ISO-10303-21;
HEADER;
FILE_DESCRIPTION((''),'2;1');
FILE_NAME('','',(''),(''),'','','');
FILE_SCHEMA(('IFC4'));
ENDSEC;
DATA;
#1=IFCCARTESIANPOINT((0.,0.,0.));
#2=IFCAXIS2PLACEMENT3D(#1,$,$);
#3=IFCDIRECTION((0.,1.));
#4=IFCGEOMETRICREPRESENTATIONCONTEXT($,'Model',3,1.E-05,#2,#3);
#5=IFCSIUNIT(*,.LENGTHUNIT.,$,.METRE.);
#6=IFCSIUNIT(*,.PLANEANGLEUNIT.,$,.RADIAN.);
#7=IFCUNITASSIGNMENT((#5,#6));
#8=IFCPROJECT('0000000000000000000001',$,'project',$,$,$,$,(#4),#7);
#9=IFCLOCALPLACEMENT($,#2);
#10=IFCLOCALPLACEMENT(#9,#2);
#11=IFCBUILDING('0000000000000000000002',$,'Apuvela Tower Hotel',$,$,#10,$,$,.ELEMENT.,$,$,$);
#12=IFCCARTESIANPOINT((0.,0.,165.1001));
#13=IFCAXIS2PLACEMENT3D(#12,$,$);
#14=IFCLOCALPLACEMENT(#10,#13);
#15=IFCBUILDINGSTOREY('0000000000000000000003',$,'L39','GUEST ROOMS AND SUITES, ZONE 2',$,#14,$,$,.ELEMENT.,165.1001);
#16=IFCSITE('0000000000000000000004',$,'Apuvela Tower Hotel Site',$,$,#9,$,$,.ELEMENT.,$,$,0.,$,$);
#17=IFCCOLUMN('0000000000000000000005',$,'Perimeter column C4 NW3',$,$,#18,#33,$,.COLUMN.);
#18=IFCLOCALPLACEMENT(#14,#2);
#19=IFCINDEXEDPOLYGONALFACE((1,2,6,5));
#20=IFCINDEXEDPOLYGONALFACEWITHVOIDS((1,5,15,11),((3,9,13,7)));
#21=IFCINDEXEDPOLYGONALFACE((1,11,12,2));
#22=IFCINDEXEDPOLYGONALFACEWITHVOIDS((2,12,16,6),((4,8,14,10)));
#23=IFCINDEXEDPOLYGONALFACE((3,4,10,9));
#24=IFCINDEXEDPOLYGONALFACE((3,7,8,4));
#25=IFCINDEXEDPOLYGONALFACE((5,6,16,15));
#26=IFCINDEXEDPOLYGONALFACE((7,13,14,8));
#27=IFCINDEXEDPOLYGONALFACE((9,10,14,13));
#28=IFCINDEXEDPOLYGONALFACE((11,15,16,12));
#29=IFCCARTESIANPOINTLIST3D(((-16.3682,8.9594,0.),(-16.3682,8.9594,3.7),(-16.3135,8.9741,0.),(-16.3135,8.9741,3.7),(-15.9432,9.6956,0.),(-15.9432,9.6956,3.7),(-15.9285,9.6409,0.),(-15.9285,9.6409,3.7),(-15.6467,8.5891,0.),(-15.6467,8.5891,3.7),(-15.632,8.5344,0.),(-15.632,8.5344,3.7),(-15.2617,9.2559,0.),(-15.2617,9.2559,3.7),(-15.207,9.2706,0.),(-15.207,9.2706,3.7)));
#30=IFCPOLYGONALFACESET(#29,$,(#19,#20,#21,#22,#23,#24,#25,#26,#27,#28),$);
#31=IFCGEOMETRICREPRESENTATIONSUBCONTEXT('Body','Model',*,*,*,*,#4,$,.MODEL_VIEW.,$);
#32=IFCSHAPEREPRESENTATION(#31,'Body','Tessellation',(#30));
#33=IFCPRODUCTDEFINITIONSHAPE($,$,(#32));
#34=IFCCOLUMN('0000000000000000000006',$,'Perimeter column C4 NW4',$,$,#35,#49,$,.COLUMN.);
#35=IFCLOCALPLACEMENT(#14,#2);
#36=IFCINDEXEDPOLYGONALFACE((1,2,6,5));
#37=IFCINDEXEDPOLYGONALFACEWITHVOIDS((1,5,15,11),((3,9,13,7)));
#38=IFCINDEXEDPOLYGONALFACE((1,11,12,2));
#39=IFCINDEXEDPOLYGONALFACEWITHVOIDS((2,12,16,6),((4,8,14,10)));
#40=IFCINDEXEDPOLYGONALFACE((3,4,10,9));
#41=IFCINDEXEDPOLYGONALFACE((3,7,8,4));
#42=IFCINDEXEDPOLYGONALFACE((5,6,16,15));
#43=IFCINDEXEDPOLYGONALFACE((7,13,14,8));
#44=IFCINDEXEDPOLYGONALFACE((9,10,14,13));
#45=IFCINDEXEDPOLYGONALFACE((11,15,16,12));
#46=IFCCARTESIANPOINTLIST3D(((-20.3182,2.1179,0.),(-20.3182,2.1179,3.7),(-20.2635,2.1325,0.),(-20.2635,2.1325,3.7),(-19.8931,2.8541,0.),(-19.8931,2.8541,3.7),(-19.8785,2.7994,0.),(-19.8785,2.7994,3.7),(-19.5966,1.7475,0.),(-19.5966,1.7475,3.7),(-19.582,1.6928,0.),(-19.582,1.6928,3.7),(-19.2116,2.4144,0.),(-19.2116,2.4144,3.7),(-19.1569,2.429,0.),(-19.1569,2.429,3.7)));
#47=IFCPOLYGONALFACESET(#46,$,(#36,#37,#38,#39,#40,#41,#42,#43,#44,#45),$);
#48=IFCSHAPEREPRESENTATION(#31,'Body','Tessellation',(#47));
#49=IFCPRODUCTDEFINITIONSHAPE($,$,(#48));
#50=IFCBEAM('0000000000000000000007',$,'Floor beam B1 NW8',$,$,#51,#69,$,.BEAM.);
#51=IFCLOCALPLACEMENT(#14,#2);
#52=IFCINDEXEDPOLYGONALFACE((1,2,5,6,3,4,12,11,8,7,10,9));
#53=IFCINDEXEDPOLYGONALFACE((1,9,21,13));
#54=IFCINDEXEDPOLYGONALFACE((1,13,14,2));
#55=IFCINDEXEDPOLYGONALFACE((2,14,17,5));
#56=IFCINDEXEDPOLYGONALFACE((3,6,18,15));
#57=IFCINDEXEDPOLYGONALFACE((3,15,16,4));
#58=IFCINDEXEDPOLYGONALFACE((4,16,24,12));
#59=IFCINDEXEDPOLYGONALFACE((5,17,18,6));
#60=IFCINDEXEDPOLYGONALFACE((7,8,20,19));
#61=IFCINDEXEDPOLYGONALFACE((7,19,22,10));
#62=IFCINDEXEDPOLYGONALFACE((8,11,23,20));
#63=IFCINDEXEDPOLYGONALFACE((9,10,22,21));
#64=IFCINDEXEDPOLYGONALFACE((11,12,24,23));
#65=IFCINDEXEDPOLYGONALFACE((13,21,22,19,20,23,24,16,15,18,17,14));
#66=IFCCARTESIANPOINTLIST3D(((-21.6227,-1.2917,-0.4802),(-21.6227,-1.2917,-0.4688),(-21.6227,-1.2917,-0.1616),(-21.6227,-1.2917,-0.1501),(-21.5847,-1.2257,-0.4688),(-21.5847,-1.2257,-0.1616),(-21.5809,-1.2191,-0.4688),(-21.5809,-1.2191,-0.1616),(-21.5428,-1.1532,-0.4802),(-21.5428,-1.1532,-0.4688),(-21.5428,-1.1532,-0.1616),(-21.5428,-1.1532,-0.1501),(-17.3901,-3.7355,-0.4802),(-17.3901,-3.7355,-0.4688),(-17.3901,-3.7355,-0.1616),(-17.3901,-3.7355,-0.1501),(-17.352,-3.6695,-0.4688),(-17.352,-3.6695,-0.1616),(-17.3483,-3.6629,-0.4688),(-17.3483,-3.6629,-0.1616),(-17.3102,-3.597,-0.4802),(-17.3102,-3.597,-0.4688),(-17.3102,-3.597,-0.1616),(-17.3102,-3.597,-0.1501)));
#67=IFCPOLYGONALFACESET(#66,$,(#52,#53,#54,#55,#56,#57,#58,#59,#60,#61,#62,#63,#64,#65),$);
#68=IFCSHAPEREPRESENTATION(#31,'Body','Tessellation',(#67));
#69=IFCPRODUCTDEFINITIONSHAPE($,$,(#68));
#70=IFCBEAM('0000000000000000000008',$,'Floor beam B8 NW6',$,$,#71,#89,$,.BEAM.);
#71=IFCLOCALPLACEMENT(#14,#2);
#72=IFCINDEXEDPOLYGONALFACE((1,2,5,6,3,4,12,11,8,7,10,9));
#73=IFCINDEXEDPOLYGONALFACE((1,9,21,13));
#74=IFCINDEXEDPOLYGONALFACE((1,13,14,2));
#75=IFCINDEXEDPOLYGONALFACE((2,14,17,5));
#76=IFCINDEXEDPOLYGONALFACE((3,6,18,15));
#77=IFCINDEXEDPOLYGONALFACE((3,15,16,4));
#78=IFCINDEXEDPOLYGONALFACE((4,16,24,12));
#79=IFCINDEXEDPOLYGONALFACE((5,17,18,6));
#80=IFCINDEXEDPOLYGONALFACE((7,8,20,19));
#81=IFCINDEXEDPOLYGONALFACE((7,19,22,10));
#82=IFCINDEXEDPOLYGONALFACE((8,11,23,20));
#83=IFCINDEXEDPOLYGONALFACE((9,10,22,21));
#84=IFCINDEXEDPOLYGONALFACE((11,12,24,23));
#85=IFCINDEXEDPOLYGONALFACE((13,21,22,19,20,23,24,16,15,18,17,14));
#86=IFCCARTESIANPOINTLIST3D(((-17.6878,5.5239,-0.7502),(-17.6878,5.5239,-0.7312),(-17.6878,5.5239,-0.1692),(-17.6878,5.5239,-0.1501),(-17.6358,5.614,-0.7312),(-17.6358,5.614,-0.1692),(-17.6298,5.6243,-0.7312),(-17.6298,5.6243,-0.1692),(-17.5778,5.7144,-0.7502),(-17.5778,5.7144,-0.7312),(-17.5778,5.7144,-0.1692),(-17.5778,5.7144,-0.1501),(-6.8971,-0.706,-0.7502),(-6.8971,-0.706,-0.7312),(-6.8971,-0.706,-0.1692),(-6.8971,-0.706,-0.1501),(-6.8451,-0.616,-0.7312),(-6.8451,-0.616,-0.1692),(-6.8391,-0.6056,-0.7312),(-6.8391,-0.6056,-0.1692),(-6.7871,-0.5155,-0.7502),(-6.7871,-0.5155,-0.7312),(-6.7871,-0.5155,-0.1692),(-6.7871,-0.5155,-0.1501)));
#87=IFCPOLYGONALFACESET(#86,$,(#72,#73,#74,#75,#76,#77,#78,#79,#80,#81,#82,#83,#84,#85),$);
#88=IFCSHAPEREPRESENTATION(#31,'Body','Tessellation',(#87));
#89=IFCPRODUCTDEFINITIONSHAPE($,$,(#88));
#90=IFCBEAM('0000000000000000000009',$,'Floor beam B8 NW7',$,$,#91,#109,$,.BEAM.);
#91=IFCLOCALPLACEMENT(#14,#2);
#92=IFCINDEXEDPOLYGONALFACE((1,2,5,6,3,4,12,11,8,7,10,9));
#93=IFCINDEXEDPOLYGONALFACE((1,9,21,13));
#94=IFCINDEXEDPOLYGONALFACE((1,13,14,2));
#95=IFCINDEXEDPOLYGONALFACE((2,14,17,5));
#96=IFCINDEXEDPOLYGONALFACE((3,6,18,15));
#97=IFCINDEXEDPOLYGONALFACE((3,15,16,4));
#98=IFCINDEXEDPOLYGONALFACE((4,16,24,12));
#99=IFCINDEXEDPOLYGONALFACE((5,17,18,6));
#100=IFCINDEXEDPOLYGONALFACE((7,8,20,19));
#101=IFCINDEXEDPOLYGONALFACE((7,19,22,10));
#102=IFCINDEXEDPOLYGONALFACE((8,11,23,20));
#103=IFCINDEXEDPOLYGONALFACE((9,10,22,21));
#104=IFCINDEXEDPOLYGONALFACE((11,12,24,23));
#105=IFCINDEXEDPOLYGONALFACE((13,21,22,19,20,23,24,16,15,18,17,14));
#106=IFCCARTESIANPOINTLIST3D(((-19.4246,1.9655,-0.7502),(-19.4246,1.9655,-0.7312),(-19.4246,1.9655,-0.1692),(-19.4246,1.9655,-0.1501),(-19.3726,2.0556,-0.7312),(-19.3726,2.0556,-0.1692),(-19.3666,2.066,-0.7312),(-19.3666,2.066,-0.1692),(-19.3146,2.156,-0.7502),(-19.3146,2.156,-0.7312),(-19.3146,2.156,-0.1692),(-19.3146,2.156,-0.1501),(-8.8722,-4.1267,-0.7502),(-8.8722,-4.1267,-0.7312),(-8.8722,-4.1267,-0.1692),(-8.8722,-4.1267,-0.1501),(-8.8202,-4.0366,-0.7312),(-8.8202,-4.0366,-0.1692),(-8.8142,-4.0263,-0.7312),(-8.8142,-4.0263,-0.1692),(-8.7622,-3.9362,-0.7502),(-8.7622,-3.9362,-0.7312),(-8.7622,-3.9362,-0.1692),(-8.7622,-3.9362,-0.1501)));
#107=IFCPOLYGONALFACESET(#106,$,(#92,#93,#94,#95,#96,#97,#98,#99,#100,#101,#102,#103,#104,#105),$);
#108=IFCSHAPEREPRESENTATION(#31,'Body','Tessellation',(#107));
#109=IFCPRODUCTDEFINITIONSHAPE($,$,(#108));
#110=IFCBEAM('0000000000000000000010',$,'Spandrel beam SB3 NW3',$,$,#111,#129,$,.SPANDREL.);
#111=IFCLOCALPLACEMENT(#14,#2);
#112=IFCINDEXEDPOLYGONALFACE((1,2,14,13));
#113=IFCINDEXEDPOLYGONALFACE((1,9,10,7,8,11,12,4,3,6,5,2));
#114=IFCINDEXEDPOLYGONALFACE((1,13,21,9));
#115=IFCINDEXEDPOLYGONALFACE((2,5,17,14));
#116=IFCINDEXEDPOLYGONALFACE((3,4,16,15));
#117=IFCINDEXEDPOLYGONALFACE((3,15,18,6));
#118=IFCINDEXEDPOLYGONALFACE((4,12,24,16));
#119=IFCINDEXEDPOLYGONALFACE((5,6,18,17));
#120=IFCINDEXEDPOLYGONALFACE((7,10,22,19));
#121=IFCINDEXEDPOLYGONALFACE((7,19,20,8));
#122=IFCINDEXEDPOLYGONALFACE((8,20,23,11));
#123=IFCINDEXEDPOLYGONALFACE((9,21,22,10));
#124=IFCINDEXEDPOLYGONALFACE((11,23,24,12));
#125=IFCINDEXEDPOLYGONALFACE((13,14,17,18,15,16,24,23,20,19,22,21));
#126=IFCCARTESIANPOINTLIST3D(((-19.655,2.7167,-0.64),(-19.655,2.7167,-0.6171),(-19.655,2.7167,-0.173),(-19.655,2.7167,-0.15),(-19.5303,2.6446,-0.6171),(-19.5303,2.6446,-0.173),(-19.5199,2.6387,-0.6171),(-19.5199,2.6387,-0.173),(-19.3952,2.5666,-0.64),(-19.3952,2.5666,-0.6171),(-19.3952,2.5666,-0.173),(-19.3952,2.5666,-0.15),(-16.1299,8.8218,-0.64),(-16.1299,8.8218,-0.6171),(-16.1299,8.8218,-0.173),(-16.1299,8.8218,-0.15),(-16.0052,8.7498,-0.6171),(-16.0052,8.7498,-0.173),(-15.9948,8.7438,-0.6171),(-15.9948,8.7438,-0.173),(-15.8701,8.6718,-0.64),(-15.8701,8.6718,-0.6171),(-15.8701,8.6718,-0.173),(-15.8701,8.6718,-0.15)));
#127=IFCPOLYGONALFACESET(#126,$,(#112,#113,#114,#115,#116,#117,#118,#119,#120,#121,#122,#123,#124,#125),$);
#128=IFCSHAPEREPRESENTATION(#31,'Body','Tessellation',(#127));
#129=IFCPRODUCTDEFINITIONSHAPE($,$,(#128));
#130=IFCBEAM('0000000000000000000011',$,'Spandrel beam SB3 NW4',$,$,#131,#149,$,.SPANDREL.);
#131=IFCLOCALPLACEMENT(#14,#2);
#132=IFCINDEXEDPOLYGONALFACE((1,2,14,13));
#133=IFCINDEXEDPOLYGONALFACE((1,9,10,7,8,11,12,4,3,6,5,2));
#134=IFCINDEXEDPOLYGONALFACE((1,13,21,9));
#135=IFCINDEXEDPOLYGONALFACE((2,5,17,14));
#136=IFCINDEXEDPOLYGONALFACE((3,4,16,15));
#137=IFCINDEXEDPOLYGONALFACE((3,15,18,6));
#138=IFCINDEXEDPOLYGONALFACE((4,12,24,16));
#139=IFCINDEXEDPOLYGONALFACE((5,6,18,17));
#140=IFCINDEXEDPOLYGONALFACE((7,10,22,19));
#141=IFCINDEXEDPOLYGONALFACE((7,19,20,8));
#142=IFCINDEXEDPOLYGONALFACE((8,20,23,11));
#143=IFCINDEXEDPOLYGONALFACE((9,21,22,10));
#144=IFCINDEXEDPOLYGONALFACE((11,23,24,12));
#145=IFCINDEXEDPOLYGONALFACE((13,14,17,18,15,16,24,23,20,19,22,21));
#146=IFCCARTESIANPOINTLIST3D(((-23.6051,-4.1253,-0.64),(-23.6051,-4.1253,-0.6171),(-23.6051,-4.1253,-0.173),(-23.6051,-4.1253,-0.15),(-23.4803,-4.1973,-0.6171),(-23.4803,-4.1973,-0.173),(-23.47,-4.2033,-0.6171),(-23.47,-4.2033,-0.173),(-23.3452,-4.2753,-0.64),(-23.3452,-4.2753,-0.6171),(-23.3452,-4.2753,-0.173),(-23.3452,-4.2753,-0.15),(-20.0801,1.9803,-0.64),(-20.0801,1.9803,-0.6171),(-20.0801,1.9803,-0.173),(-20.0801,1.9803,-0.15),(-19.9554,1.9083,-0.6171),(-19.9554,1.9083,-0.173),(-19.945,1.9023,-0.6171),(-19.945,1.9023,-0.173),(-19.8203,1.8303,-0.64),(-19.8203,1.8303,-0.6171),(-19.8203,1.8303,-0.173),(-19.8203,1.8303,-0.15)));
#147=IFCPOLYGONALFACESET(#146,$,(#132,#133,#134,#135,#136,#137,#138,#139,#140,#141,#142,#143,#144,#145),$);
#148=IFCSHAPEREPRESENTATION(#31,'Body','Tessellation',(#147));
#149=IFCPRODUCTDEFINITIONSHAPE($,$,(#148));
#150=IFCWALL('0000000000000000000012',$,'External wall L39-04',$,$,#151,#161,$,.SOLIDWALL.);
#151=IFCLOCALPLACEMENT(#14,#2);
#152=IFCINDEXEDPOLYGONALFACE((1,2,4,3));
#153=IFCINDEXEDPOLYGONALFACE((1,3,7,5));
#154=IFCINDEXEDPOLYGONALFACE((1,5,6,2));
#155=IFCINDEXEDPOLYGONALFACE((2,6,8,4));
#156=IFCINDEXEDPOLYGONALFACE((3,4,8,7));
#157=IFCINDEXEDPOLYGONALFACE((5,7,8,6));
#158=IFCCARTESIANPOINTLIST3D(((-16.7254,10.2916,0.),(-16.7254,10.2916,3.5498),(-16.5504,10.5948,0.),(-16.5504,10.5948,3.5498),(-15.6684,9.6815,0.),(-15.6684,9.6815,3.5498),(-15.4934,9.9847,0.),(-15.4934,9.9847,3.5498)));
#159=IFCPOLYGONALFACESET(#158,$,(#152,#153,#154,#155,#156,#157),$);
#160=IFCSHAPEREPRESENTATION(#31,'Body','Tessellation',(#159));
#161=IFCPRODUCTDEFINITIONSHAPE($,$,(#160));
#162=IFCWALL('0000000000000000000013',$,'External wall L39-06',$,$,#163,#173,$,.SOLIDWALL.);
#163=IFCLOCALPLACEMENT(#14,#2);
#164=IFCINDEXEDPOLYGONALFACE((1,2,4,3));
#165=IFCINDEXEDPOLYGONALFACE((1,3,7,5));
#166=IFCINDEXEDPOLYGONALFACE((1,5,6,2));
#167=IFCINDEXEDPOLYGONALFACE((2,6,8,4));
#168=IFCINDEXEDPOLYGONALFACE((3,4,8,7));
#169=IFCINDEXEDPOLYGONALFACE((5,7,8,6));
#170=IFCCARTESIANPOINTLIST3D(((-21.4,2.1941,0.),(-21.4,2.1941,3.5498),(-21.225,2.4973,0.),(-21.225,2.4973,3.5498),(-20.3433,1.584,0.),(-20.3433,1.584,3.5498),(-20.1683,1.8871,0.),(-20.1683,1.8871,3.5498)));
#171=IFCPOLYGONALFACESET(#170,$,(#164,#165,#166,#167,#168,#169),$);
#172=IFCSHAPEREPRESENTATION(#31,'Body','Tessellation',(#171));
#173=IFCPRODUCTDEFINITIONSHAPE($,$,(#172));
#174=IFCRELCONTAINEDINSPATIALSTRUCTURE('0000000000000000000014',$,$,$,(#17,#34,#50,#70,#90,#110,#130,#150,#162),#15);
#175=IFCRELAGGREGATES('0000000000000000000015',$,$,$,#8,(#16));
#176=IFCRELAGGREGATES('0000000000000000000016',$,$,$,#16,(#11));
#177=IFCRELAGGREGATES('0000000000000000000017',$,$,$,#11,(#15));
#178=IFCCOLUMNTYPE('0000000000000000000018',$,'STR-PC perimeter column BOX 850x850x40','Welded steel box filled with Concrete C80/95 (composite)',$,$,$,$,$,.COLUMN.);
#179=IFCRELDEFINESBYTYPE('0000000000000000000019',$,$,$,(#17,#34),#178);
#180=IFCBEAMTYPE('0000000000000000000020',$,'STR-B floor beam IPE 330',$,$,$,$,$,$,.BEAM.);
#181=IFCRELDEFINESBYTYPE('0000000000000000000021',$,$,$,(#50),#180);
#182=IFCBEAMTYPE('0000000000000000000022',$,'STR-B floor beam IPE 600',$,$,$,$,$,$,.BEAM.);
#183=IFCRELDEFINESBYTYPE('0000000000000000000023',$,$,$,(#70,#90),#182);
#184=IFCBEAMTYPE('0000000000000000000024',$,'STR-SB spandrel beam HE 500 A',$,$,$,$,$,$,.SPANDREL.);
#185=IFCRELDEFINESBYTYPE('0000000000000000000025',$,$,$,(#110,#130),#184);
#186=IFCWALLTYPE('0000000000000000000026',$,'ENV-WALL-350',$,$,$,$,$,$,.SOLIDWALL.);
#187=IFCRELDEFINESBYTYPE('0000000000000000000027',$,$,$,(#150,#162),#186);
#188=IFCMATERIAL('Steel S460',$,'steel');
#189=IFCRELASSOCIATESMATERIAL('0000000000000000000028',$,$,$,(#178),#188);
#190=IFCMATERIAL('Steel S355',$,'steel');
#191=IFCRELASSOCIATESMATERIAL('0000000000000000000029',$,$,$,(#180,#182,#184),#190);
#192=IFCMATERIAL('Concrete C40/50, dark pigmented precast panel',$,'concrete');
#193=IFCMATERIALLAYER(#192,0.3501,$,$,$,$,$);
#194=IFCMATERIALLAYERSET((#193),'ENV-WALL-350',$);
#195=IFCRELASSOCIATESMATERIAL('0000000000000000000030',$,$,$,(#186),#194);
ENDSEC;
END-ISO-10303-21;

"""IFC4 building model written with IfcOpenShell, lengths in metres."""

from ifc_helpers import new_model, si_unit, direction, frame, frame_2d, origin, origin_2d, place, context, subcontext, project, spatial, rectangle, hollow_rectangle, i_section, extrude, material, layer, layer_set, material_profile, profile_set, type_object, element, save


model = new_model("IFC4")

# Units and contexts
model_context = context("Model", 3, precision=1e-05, world=origin(), true_north=direction((0.0, 1.0)))
body_context = subcontext(model_context, "Body", "Model", "MODEL_VIEW")
ifc_project = project(units=[si_unit("LENGTHUNIT", "METRE"), si_unit("PLANEANGLEUNIT", "RADIAN")], contexts=[model_context])

# Site, building, storey
site_placement = place(None, origin())
site = spatial("IfcSite", under=ifc_project, at=site_placement, Name="Apuvela Tower Hotel Site", CompositionType="ELEMENT", RefElevation=0.0)
building_placement = place(site_placement, origin())
building = spatial("IfcBuilding", under=site, at=building_placement, Name="Apuvela Tower Hotel", CompositionType="ELEMENT")
storey_placement = place(building_placement, frame((0.0, 0.0, 165.1001)))
storey = spatial("IfcBuildingStorey", under=building, at=storey_placement, Name="L39", Description="GUEST ROOMS AND SUITES, ZONE 2", CompositionType="ELEMENT", Elevation=165.1001)

# Columns
ifc_material_1 = material(Name="Steel S460", Category="steel")
ifc_material_profile_1 = material_profile(ifc_material_1, hollow_rectangle(XDim=0.8501, YDim=0.8501, WallThickness=0.04, at=origin_2d()), Name="BOX 850x850x40")
ifc_material_2 = material(Name="Concrete C80/95", Category="concrete")
ifc_material_profile_2 = material_profile(ifc_material_2, rectangle(XDim=0.77, YDim=0.77, at=origin_2d()), Name="Concrete C80/95 infill")
ifc_profile_set_1 = profile_set([ifc_material_profile_1, ifc_material_profile_2], Name="Steel S460")
column_type = type_object("IfcColumnType", Name="STR-PC perimeter column BOX 850x850x40", Description="Welded steel box filled with Concrete C80/95 (composite)", PredefinedType="COLUMN", material=ifc_profile_set_1)
for number, where, z_axis, x_axis, name in (
    (1, (-15.7876, 9.115, 0.0), (0.0, 0.0, 1.0), (0.5, 0.866025, 0.0), "Perimeter column C4 NW3"),
    (2, (-19.7375, 2.2734, 0.0), (0.0, 0.0, 1.0), (0.5, 0.866025, 0.0), "Perimeter column C4 NW4"),
):
    element("IfcColumn", number, at=place(storey_placement, frame(where, z_axis=z_axis, x_axis=x_axis)), inside=storey, type_object=column_type, Name=name, PredefinedType="COLUMN", context=body_context, shape_type="SweptSolid", body=[
        extrude(hollow_rectangle(XDim=0.8501, YDim=0.8501, WallThickness=0.04, at=origin_2d()), origin(), (0.0, 0.0, 1.0), 3.7),
    ])

# Beams
ifc_material_3 = material(Name="Steel S355", Category="steel")
ifc_material_profile_3 = material_profile(ifc_material_3, i_section(OverallWidth=0.1599, OverallDepth=0.3301, WebThickness=0.0076, FlangeThickness=0.0115, at=origin_2d()), Name="IPE 330")
ifc_profile_set_2 = profile_set([ifc_material_profile_3], Name="Steel S355")
beam_type_1 = type_object("IfcBeamType", Name="STR-B floor beam IPE 330", PredefinedType="BEAM", material=ifc_profile_set_2)
beam_1_placement = place(storey_placement, frame((-21.5828, -1.2224, -0.3152), z_axis=(0.866015, -0.500018, 0.0), x_axis=(0.500018, 0.866015, 0.0)))
element("IfcBeam", 3, at=beam_1_placement, inside=storey, type_object=beam_type_1, Name="Floor beam B1 NW8", PredefinedType="BEAM", context=body_context, shape_type="SweptSolid", body=[
    extrude(i_section(OverallWidth=0.1599, OverallDepth=0.3301, WebThickness=0.0076, FlangeThickness=0.0115, at=origin_2d()), origin(), (0.0, 0.0, 1.0), 4.8875),
])
ifc_material_profile_4 = material_profile(ifc_material_3, i_section(OverallWidth=0.22, OverallDepth=0.6001, WebThickness=0.012, FlangeThickness=0.019, at=origin_2d()), Name="IPE 600")
ifc_profile_set_3 = profile_set([ifc_material_profile_4], Name="Steel S355")
beam_type_2 = type_object("IfcBeamType", Name="STR-B floor beam IPE 600", PredefinedType="BEAM", material=ifc_profile_set_3)
beam_2_placement = place(storey_placement, frame((-17.6328, 5.6191, -0.4502), z_axis=(0.866028, -0.499996, 0.0), x_axis=(0.499996, 0.866028, 0.0)))
element("IfcBeam", 4, at=beam_2_placement, inside=storey, type_object=beam_type_2, Name="Floor beam B8 NW6", PredefinedType="BEAM", context=body_context, shape_type="SweptSolid", body=[
    extrude(i_section(OverallWidth=0.22, OverallDepth=0.6001, WebThickness=0.012, FlangeThickness=0.019, at=origin_2d()), origin(), (0.0, 0.0, 1.0), 12.46),
])
beam_3_placement = place(storey_placement, frame((-19.3696, 2.0608, -0.4502), z_axis=(0.866032, -0.499988, 0.0), x_axis=(0.499988, 0.866032, 0.0)))
element("IfcBeam", 5, at=beam_3_placement, inside=storey, type_object=beam_type_2, Name="Floor beam B8 NW7", PredefinedType="BEAM", context=body_context, shape_type="SweptSolid", body=[
    extrude(i_section(OverallWidth=0.22, OverallDepth=0.6001, WebThickness=0.012, FlangeThickness=0.019, at=origin_2d()), origin(), (0.0, 0.0, 1.0), 12.1848),
])
ifc_material_profile_5 = material_profile(ifc_material_3, i_section(OverallWidth=0.3, OverallDepth=0.49, WebThickness=0.012, FlangeThickness=0.0229, at=origin_2d()), Name="HE 500 A")
ifc_profile_set_4 = profile_set([ifc_material_profile_5], Name="Steel S355")
beam_type_3 = type_object("IfcBeamType", Name="STR-SB spandrel beam HE 500 A", PredefinedType="SPANDREL", material=ifc_profile_set_4)
beam_4_placement = place(storey_placement, frame((-16.0, 8.7468, -0.395), z_axis=(-0.500031, -0.866007, 0.0), x_axis=(0.866007, -0.500031, 0.0)))
element("IfcBeam", 6, at=beam_4_placement, inside=storey, type_object=beam_type_3, Name="Spandrel beam SB3 NW3", PredefinedType="SPANDREL", context=body_context, shape_type="SweptSolid", body=[
    extrude(i_section(OverallWidth=0.3, OverallDepth=0.49, WebThickness=0.012, FlangeThickness=0.0229, at=origin_2d()), origin(), (0.0, 0.0, 1.0), 7.0498),
])
beam_5_placement = place(storey_placement, frame((-19.9502, 1.9053, -0.395), z_axis=(-0.49999, -0.866031, 0.0), x_axis=(0.866031, -0.49999, 0.0)))
element("IfcBeam", 7, at=beam_5_placement, inside=storey, type_object=beam_type_3, Name="Spandrel beam SB3 NW4", PredefinedType="SPANDREL", context=body_context, shape_type="SweptSolid", body=[
    extrude(i_section(OverallWidth=0.3, OverallDepth=0.49, WebThickness=0.012, FlangeThickness=0.0229, at=origin_2d()), origin(), (0.0, 0.0, 1.0), 7.05),
])

# Wall
ifc_material_4 = material(Name="Concrete C40/50, dark pigmented precast panel", Category="concrete")
ifc_layer_1 = layer(ifc_material_4, 0.3501)
ifc_layer_set_1 = layer_set([ifc_layer_1], Name="ENV-WALL-350")
wall_type_1 = type_object("IfcWallType", Name="ENV-WALL-350", PredefinedType="SOLIDWALL", material=ifc_layer_set_1)
wall_1_placement = place(storey_placement, frame((-15.5808, 9.833, 0.0), z_axis=(0.0, 0.0, 1.0), x_axis=(-0.866056, 0.499948, 0.0)))
element("IfcWall", 8, at=wall_1_placement, inside=storey, type_object=wall_type_1, Name="External wall L39-04", PredefinedType="SOLIDWALL", context=body_context, shape_type="SweptSolid", body=[
    extrude(rectangle(XDim=1.2205, YDim=0.3501, at=frame_2d((0.6104, 0.0))), origin(), (0.0, 0.0, 1.0), 3.5498),
])

# Wall
wall_2_placement = place(storey_placement, frame((-21.3125, 2.3457, 0.0), z_axis=(0.0, 0.0, 1.0), x_axis=(0.866006, -0.500034, 0.0)))
element("IfcWall", 9, at=wall_2_placement, inside=storey, type_object=wall_type_1, Name="External wall L39-06", PredefinedType="SOLIDWALL", context=body_context, shape_type="SweptSolid", body=[
    extrude(rectangle(XDim=1.2202, YDim=0.3501, at=frame_2d((0.6101, 0.0))), origin(), (0.0, 0.0, 1.0), 3.5498),
])

save(model, "model.ifc")
